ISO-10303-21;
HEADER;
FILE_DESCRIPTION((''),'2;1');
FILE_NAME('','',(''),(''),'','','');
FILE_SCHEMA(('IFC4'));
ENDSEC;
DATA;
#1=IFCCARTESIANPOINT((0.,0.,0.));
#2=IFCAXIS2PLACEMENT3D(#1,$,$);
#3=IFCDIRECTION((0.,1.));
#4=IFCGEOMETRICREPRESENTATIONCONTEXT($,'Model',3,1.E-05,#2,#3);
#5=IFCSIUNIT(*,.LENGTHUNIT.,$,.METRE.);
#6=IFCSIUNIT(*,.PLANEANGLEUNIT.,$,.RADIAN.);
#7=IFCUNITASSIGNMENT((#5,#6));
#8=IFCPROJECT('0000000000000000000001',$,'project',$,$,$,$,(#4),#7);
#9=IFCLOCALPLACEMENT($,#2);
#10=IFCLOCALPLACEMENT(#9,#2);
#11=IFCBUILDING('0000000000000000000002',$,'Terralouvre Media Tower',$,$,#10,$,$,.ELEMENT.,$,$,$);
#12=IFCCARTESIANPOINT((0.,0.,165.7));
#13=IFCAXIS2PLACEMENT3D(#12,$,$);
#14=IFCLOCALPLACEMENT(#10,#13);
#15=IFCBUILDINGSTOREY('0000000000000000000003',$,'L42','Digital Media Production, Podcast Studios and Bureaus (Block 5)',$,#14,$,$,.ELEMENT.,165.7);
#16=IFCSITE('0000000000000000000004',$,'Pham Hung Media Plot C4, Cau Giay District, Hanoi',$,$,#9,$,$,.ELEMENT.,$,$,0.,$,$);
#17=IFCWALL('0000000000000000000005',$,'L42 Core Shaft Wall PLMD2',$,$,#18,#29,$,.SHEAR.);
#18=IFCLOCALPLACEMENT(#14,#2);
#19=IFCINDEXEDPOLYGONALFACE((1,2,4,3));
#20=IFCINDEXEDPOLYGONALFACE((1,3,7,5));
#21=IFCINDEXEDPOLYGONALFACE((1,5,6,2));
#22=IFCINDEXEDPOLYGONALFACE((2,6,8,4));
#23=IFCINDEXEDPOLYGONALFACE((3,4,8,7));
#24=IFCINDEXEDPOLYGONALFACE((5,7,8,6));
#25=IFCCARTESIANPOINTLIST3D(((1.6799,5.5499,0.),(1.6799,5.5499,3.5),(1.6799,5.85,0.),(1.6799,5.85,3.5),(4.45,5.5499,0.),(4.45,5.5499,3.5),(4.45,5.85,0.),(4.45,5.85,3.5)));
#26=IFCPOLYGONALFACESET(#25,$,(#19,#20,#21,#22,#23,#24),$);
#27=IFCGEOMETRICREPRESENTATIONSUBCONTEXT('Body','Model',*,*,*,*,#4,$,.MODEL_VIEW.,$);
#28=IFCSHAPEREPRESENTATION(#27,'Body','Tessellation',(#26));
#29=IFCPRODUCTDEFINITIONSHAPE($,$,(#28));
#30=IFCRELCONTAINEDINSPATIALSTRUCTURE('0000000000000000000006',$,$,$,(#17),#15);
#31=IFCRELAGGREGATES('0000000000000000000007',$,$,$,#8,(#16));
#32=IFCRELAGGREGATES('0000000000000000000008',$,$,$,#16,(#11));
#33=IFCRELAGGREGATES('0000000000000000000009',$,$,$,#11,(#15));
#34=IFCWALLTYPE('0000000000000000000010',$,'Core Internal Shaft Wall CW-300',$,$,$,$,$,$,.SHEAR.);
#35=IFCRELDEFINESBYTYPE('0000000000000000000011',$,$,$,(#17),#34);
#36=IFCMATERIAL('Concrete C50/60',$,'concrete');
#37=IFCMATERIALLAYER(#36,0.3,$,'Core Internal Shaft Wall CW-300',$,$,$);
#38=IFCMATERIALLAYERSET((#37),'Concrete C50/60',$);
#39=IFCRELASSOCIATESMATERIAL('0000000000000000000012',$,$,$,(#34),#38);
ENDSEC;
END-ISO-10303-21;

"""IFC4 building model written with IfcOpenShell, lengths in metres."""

from ifc_helpers import new_model, si_unit, direction, frame, frame_2d, origin, place, context, subcontext, project, spatial, rectangle, extrude, material, layer, layer_set, type_object, element, save


model = new_model("IFC4")

# Units and contexts
model_context = context("Model", 3, precision=1e-05, world=origin(), true_north=direction((0.0, 1.0)))
body_context = subcontext(model_context, "Body", "Model", "MODEL_VIEW")
ifc_project = project(units=[si_unit("LENGTHUNIT", "METRE"), si_unit("PLANEANGLEUNIT", "RADIAN")], contexts=[model_context])

# Site, building, storey
site_placement = place(None, origin())
site = spatial("IfcSite", under=ifc_project, at=site_placement, Name="Pham Hung Media Plot C4, Cau Giay District, Hanoi", CompositionType="ELEMENT", RefElevation=0.0)
building_placement = place(site_placement, origin())
building = spatial("IfcBuilding", under=site, at=building_placement, Name="Terralouvre Media Tower", CompositionType="ELEMENT")
storey_placement = place(building_placement, frame((0.0, 0.0, 165.7)))
storey = spatial("IfcBuildingStorey", under=building, at=storey_placement, Name="L42", Description="Digital Media Production, Podcast Studios and Bureaus (Block 5)", CompositionType="ELEMENT", Elevation=165.7)

# Shared definitions
ifc_material_1 = material(Name="Concrete C50/60", Category="concrete")
ifc_layer_1 = layer(ifc_material_1, 0.3, Name="Core Internal Shaft Wall CW-300")
ifc_layer_set_1 = layer_set([ifc_layer_1], Name="Concrete C50/60")
wall_type = type_object("IfcWallType", Name="Core Internal Shaft Wall CW-300", PredefinedType="SHEAR", material=ifc_layer_set_1)

# Wall
for number, where, z_axis, x_axis, name in (
    (1, (1.6799, 5.7, 0.0), (0.0, 0.0, 1.0), (1.0, 0.0, 0.0), "L42 Core Shaft Wall PLMD2"),
):
    element("IfcWall", number, at=place(storey_placement, frame(where, z_axis=z_axis, x_axis=x_axis)), inside=storey, type_object=wall_type, Name=name, PredefinedType="SHEAR", context=body_context, shape_type="SweptSolid", body=[
        extrude(rectangle(XDim=2.77, YDim=0.3, at=frame_2d((1.385, 0.0))), origin(), (0.0, 0.0, 1.0), 3.5),
    ])

save(model, "model.ifc")
